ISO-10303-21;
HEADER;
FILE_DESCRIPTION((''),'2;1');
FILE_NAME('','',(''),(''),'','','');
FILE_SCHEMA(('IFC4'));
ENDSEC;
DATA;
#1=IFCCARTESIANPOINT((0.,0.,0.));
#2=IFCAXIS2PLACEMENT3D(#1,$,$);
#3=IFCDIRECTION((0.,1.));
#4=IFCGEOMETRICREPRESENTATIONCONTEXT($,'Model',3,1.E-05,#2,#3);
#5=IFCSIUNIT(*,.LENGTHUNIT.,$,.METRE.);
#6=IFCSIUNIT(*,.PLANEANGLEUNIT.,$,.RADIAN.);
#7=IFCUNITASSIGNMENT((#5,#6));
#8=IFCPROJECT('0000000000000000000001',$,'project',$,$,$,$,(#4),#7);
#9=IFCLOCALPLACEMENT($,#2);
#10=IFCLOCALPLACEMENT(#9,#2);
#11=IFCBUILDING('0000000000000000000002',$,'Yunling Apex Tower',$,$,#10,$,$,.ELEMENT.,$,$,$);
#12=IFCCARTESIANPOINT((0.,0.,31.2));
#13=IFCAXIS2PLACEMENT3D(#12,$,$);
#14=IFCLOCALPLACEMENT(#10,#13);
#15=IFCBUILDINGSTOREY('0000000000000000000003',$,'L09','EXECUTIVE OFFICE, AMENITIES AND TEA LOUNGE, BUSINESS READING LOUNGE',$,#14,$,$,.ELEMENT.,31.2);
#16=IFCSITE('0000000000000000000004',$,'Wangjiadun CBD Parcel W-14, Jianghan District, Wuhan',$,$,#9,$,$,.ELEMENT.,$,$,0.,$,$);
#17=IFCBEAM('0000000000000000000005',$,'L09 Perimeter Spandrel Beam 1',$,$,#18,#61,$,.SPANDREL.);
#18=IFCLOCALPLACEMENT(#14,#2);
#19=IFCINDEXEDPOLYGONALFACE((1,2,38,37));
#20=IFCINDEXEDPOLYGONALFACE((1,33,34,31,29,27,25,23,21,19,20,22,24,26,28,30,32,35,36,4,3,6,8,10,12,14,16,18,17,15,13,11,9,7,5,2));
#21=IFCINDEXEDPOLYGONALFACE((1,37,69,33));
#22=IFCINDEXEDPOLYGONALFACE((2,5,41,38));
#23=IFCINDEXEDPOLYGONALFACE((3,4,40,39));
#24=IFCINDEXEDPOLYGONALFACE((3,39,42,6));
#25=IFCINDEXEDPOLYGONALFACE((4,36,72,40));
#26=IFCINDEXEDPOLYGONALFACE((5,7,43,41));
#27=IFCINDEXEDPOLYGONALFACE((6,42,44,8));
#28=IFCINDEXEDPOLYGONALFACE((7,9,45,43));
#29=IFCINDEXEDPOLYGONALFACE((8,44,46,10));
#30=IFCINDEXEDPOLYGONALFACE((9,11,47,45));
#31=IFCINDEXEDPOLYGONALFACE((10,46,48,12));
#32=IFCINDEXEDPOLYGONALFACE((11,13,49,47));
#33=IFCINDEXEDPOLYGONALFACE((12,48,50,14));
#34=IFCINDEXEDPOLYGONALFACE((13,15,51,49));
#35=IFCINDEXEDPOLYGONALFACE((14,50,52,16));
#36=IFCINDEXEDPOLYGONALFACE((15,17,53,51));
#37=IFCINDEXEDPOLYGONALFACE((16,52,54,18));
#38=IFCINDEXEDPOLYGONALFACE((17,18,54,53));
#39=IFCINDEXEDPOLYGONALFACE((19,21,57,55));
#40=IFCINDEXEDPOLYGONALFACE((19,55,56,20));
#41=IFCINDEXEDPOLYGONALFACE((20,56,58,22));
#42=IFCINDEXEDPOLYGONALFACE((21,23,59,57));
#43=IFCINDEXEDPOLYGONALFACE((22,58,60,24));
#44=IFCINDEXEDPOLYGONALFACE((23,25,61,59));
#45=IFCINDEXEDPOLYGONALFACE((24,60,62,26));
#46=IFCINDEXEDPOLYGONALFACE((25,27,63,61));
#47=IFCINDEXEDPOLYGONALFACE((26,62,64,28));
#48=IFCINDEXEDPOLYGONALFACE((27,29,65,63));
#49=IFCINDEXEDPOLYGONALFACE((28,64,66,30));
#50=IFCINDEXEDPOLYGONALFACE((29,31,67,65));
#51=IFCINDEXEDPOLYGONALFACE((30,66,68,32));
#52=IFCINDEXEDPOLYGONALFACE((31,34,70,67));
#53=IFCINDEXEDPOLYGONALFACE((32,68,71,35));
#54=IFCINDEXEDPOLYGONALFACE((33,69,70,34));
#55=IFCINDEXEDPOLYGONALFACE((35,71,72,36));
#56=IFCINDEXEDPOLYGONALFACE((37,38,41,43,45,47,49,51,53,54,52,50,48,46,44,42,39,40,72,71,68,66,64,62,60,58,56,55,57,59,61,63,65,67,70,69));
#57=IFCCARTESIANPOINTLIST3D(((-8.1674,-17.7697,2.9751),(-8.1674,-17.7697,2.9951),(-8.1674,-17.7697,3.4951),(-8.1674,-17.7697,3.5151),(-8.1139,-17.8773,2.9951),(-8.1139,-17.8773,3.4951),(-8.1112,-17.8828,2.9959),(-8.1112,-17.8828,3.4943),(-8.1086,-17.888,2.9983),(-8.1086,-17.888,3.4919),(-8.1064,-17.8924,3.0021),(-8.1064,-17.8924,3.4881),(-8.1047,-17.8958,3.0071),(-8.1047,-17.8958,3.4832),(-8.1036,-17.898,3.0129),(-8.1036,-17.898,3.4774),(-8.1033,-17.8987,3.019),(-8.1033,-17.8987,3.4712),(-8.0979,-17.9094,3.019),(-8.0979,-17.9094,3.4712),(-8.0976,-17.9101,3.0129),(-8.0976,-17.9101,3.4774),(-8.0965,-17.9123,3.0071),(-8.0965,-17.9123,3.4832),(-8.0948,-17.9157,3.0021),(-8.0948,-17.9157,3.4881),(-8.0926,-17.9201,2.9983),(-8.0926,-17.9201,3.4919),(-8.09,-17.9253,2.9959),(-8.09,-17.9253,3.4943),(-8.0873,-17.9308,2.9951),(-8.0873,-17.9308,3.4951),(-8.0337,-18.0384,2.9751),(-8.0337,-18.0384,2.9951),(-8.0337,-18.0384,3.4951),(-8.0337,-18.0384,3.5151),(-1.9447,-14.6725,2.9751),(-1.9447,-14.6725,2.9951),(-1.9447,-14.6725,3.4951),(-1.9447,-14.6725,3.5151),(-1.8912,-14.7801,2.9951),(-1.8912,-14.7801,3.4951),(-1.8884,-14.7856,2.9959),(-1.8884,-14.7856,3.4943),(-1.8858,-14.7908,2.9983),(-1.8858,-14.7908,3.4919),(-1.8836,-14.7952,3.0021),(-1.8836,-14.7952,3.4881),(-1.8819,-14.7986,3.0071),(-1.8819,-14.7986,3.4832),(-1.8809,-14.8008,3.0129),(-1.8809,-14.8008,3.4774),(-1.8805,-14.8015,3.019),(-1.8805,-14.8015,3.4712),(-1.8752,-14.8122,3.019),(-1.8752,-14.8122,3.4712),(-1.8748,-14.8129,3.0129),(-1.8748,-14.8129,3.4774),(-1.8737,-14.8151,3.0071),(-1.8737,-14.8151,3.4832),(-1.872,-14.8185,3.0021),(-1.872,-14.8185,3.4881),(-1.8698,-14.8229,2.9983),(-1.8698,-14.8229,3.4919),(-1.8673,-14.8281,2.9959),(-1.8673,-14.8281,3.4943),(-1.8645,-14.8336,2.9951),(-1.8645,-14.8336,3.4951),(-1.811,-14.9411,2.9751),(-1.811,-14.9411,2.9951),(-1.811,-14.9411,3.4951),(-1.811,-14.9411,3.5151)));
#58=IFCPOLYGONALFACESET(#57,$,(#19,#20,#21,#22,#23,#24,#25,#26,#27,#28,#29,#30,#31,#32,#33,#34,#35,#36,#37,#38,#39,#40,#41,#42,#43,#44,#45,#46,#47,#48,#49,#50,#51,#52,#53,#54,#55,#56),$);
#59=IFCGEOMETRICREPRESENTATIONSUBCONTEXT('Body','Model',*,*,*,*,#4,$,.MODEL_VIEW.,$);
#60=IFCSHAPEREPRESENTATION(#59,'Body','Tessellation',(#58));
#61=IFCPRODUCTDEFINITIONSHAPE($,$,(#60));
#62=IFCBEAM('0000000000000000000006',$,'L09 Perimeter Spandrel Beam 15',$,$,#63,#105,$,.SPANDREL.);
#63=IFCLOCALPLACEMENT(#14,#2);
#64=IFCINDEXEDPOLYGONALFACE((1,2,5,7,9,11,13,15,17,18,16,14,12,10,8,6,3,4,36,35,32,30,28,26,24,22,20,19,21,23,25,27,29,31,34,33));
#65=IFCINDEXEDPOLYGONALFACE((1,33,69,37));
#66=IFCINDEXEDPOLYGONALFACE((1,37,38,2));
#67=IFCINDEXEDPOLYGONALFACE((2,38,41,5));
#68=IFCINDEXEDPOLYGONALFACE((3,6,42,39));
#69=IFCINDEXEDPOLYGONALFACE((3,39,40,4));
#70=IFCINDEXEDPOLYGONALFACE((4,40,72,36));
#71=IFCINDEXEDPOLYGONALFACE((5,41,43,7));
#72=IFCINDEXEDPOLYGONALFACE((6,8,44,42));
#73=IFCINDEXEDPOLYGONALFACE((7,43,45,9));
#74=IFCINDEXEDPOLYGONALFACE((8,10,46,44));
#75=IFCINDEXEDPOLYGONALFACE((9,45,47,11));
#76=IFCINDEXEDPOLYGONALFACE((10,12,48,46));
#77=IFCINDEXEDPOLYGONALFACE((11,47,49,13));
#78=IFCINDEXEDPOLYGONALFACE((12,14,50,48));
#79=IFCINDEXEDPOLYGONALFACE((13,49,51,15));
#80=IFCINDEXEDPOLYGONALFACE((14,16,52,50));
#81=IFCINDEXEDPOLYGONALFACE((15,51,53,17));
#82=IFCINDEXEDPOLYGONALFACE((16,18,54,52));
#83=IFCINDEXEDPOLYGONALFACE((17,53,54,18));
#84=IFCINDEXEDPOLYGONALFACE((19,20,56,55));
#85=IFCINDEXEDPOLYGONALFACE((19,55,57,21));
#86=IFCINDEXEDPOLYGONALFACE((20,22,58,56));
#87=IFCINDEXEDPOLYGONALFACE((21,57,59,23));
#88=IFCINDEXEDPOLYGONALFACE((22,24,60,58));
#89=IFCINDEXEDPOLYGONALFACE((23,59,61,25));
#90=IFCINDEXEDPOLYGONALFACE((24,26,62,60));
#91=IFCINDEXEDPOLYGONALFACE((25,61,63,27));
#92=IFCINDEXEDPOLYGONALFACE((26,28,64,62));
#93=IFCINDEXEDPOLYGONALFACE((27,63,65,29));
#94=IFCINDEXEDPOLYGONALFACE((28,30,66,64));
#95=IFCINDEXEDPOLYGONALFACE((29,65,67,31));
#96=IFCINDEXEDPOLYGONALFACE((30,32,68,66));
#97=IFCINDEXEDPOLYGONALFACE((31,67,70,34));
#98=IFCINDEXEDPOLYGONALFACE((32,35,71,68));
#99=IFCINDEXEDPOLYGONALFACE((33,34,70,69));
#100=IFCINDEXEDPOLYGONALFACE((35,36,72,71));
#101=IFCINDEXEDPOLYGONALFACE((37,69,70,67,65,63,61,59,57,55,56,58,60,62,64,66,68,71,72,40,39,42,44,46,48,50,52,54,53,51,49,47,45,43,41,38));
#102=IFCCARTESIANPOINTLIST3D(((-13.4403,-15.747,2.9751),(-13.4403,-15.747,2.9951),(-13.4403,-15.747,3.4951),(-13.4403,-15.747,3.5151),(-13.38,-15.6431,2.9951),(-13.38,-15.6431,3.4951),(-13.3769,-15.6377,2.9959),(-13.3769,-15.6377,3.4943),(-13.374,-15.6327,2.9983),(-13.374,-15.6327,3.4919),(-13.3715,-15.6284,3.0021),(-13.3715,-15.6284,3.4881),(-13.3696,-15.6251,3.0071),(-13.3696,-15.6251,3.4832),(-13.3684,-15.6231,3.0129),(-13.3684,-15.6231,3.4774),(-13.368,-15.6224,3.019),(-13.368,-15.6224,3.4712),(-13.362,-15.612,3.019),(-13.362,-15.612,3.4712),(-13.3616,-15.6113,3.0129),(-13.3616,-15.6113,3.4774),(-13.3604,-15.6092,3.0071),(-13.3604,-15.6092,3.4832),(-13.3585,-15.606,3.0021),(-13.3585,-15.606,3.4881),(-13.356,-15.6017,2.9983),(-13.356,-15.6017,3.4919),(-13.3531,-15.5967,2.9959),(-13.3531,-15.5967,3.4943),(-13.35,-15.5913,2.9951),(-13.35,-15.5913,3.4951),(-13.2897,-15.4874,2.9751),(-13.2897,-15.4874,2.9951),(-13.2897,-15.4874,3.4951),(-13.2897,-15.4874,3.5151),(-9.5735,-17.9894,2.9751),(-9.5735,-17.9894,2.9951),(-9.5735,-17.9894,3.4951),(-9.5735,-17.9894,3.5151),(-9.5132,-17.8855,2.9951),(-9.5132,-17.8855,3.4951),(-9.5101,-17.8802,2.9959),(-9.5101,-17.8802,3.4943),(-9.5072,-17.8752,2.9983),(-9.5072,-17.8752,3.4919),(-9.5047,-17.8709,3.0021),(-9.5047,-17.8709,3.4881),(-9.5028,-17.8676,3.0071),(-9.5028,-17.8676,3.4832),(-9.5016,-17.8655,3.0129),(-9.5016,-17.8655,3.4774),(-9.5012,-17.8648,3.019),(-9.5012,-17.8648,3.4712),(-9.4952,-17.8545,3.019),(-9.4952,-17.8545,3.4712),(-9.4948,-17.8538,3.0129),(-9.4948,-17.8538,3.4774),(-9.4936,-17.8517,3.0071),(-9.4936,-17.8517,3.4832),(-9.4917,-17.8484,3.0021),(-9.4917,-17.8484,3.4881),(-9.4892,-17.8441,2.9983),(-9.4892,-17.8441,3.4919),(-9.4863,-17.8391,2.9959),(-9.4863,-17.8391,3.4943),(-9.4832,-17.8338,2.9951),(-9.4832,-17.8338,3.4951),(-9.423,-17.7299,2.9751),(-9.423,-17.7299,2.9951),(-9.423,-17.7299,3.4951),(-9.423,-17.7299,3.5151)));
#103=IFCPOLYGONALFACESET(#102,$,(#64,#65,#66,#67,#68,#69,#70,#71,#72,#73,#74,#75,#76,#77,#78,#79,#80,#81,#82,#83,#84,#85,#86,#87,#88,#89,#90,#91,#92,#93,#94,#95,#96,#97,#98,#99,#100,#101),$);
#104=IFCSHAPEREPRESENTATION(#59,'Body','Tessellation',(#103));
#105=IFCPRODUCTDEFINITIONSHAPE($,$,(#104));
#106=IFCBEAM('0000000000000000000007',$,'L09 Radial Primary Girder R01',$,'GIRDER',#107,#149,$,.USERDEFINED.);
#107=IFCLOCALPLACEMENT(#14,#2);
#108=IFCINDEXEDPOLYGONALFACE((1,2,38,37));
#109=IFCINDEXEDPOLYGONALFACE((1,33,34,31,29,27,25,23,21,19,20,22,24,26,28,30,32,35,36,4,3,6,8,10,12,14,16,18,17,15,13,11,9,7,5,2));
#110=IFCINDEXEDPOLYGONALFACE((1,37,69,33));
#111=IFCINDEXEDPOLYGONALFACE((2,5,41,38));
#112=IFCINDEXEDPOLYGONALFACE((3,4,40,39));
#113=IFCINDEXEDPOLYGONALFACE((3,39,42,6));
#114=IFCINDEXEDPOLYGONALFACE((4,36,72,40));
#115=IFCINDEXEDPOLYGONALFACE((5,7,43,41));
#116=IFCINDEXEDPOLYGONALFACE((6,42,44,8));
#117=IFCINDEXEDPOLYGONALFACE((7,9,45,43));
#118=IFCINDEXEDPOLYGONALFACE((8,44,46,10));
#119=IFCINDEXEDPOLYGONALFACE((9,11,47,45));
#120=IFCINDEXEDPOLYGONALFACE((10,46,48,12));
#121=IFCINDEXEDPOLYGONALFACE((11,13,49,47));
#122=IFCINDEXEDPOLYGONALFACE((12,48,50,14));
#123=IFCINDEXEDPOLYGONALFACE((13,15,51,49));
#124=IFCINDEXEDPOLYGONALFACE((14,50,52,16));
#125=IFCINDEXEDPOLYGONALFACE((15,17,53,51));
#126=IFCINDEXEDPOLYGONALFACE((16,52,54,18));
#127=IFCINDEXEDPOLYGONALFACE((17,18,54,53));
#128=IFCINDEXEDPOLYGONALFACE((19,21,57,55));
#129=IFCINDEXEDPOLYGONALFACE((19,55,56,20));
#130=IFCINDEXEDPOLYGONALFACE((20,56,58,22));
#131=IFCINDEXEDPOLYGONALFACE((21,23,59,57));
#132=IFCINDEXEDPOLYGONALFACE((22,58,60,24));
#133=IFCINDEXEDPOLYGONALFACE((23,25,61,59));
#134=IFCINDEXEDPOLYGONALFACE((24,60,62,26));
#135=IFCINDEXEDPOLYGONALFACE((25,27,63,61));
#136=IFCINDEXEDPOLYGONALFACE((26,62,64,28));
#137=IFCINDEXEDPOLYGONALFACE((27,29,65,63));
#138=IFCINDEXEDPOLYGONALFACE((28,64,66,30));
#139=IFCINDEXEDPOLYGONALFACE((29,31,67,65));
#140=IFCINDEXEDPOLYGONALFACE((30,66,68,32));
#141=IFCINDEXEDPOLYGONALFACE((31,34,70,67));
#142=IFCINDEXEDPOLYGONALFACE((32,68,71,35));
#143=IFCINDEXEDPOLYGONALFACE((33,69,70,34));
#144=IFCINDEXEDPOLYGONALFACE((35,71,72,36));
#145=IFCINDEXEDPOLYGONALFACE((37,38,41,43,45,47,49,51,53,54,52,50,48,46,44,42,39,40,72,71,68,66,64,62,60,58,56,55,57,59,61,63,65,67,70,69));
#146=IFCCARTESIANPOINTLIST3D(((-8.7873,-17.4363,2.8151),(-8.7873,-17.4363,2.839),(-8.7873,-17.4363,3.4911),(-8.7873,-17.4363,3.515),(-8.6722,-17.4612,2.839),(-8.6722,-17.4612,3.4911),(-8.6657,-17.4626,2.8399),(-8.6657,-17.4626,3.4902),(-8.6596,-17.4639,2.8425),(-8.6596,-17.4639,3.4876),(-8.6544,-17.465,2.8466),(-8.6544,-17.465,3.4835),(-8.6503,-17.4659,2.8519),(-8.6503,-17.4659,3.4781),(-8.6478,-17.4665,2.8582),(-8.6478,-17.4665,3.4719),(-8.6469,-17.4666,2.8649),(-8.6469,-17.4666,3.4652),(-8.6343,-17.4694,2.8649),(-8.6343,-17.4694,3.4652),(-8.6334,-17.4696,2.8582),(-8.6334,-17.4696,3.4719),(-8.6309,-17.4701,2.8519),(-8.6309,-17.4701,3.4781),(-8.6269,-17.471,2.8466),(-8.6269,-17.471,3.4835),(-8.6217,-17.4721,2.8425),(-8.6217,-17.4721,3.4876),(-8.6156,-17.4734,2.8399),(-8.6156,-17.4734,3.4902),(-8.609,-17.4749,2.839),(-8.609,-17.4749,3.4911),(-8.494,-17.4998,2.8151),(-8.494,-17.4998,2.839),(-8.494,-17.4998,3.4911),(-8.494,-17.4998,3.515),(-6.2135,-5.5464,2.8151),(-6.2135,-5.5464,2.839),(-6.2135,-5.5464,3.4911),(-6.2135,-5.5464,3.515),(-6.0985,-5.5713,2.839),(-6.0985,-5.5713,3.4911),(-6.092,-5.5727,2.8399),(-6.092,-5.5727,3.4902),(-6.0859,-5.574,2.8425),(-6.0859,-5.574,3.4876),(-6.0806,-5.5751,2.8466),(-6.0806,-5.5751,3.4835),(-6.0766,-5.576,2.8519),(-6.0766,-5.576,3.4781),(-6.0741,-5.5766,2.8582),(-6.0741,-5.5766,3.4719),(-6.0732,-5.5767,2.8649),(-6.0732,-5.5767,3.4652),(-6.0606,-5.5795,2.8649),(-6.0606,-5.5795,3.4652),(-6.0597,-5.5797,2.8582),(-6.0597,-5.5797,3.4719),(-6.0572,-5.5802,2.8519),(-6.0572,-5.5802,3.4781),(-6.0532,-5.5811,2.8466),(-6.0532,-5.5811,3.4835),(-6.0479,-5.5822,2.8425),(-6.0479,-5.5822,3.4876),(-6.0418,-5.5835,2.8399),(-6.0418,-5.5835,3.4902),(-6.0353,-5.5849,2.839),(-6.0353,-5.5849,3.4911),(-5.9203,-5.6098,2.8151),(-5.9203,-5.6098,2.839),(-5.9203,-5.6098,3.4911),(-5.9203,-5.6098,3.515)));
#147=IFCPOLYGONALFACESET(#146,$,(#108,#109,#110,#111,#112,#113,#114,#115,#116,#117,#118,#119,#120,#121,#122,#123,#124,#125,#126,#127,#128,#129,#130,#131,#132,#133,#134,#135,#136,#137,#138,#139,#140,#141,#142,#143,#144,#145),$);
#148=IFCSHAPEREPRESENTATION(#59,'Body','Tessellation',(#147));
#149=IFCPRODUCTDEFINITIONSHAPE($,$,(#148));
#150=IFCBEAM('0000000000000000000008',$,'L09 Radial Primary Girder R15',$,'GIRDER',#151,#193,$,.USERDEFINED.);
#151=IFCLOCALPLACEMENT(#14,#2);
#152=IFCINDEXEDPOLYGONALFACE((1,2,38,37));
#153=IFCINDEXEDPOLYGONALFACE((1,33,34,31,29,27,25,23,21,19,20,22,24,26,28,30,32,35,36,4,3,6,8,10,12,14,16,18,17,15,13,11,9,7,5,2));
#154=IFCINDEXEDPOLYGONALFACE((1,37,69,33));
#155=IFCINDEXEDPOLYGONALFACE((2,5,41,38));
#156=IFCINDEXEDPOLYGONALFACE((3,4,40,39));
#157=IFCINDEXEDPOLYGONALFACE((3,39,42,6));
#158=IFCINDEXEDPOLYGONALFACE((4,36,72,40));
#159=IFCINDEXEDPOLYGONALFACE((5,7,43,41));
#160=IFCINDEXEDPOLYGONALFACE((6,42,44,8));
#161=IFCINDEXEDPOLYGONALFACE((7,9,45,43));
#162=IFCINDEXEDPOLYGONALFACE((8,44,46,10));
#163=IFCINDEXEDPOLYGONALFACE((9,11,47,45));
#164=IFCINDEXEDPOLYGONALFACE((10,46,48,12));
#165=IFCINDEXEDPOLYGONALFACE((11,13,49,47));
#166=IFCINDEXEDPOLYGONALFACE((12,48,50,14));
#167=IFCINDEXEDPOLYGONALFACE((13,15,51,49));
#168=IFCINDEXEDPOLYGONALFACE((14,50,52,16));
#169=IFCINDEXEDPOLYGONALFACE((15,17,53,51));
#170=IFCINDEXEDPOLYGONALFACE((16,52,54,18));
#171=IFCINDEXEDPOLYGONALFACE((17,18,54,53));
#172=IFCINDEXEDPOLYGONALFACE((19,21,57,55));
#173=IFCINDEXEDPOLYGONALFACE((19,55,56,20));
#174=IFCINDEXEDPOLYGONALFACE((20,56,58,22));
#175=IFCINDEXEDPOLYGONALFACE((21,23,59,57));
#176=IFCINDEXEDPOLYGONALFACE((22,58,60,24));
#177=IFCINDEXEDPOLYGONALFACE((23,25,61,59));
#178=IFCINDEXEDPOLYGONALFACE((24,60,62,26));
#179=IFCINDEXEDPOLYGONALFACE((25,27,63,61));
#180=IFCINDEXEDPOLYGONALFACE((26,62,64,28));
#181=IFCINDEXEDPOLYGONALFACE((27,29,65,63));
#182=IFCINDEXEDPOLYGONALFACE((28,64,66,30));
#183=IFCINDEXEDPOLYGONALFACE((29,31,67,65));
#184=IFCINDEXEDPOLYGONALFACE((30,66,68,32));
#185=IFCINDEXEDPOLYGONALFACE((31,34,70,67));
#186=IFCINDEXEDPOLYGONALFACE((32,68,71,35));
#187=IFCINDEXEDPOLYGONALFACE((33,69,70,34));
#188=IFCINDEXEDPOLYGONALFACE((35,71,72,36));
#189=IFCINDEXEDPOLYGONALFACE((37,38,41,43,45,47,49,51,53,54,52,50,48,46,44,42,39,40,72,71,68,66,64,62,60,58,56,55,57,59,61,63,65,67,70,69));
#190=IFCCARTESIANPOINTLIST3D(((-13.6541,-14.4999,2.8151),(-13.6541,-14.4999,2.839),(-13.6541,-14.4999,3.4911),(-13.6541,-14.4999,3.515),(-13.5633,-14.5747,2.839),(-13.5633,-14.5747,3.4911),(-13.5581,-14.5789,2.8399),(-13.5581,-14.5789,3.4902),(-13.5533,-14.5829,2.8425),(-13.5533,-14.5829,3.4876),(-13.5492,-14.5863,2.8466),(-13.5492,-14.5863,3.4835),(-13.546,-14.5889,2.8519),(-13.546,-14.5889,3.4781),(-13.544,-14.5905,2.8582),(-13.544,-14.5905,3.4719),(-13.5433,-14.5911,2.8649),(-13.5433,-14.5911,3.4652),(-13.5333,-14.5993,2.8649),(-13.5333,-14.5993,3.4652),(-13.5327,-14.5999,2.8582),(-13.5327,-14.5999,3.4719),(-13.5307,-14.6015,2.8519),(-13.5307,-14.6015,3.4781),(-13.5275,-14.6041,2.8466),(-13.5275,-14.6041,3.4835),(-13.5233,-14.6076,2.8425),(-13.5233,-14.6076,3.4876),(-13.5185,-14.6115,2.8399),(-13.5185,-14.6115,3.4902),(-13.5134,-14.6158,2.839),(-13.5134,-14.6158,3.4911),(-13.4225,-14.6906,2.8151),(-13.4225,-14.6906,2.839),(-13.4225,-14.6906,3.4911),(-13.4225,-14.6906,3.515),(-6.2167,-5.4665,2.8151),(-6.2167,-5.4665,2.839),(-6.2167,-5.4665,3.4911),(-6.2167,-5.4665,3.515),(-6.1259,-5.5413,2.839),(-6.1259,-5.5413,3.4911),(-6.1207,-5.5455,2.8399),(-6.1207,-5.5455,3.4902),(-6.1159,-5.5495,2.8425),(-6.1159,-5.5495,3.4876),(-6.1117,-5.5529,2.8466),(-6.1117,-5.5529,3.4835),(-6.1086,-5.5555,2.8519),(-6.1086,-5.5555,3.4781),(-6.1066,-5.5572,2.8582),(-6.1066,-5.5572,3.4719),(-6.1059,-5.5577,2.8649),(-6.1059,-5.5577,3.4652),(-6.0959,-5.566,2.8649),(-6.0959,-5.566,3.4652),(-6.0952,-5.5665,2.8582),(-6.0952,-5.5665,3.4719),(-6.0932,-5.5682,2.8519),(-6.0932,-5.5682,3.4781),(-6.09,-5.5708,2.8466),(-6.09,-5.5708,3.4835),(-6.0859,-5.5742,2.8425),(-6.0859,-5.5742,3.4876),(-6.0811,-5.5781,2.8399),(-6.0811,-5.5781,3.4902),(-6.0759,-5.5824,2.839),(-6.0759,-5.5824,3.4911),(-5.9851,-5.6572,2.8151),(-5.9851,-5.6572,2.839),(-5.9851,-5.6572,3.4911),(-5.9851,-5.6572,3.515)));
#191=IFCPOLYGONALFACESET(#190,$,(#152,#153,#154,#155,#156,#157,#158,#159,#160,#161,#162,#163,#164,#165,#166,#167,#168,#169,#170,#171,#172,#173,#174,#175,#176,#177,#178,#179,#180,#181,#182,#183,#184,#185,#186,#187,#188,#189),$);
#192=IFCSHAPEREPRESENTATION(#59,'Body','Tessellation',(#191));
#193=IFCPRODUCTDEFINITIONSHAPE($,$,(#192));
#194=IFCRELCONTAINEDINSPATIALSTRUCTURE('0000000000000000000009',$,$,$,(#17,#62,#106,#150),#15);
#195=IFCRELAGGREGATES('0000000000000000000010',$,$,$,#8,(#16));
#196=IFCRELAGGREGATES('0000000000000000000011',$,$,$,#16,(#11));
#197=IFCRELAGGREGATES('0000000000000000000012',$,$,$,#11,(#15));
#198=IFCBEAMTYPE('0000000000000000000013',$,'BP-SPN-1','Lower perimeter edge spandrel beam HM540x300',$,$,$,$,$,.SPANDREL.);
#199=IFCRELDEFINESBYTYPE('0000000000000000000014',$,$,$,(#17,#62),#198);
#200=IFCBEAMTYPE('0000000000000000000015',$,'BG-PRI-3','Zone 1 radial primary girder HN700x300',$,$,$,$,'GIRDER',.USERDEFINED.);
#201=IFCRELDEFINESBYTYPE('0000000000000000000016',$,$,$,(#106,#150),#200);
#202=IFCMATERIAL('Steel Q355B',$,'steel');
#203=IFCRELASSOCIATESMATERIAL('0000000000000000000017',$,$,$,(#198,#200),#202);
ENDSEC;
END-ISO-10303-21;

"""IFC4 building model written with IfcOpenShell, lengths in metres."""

from ifc_helpers import new_model, si_unit, direction, frame, origin, origin_2d, place, context, subcontext, project, spatial, i_section, extrude, source, transform, mapped, material, material_profile, profile_set, type_object, element, save


model = new_model("IFC4")

# Units and contexts
model_context = context("Model", 3, precision=1e-05, world=origin(), true_north=direction((0.0, 1.0)))
body_context = subcontext(model_context, "Body", "Model", "MODEL_VIEW")
ifc_project = project(units=[si_unit("LENGTHUNIT", "METRE"), si_unit("PLANEANGLEUNIT", "RADIAN")], contexts=[model_context])

# Site, building, storey
site_placement = place(None, origin())
site = spatial("IfcSite", under=ifc_project, at=site_placement, Name="Wangjiadun CBD Parcel W-14, Jianghan District, Wuhan", CompositionType="ELEMENT", RefElevation=0.0)
building_placement = place(site_placement, origin())
building = spatial("IfcBuilding", under=site, at=building_placement, Name="Yunling Apex Tower", CompositionType="ELEMENT")
storey_placement = place(building_placement, frame((0.0, 0.0, 31.2)))
storey = spatial("IfcBuildingStorey", under=building, at=storey_placement, Name="L09", Description="EXECUTIVE OFFICE, AMENITIES AND TEA LOUNGE, BUSINESS READING LOUNGE", CompositionType="ELEMENT", Elevation=31.2)

# Beams
ifc_material_1 = material(Name="Steel Q355B", Category="steel")
ifc_material_profile_1 = material_profile(ifc_material_1, i_section(OverallWidth=0.3, OverallDepth=0.54, WebThickness=0.012, FlangeThickness=0.02, FilletRadius=0.0239, at=origin_2d()))
ifc_profile_set_1 = profile_set([ifc_material_profile_1], Name="Steel Q355B")
beam_type_1 = type_object("IfcBeamType", Name="BP-SPN-1", Description="Lower perimeter edge spandrel beam HM540x300", PredefinedType="SPANDREL", material=ifc_profile_set_1)
shared_shape_1 = source(origin(), body_context, "Body", "SweptSolid", [
    extrude(i_section(OverallWidth=0.3, OverallDepth=0.54, WebThickness=0.012, FlangeThickness=0.02, FilletRadius=0.0239, at=origin_2d()), origin(), (0.0, 0.0, 1.0), 6.9509),
])
beam_1_placement = place(storey_placement, frame((-8.1006, -17.9041, 3.2451), z_axis=(0.895241, 0.445583, 0.0), x_axis=(-0.445583, 0.895241, 0.0)))
element("IfcBeam", 1, at=beam_1_placement, inside=storey, type_object=beam_type_1, Name="L09 Perimeter Spandrel Beam 1", PredefinedType="SPANDREL", context=body_context, shape_type="MappedRepresentation", body=[
    mapped(shared_shape_1, transform((0.0, 0.0, 0.0), scale=1.0)),
])
shared_shape_2 = source(origin(), body_context, "Body", "SweptSolid", [
    extrude(i_section(OverallWidth=0.3, OverallDepth=0.54, WebThickness=0.012, FlangeThickness=0.02, FilletRadius=0.0239, at=origin_2d()), origin(), (0.0, 0.0, 1.0), 4.47),
])
beam_2_placement = place(storey_placement, frame((-13.365, -15.6172, 3.2451), z_axis=(0.865056, -0.501676, 0.0), x_axis=(0.501676, 0.865056, 0.0)))
element("IfcBeam", 2, at=beam_2_placement, inside=storey, type_object=beam_type_1, Name="L09 Perimeter Spandrel Beam 15", PredefinedType="SPANDREL", context=body_context, shape_type="MappedRepresentation", body=[
    mapped(shared_shape_2, transform((0.0, 0.0, 0.0), scale=1.0)),
])
ifc_material_profile_2 = material_profile(ifc_material_1, i_section(OverallWidth=0.3, OverallDepth=0.7, WebThickness=0.0129, FlangeThickness=0.0239, FilletRadius=0.0259, at=origin_2d()))
ifc_profile_set_2 = profile_set([ifc_material_profile_2], Name="Steel Q355B")
beam_type_2 = type_object("IfcBeamType", Name="BG-PRI-3", Description="Zone 1 radial primary girder HN700x300", ElementType="GIRDER", PredefinedType="USERDEFINED", material=ifc_profile_set_2)
shared_shape_3 = source(origin(), body_context, "Body", "SweptSolid", [
    extrude(i_section(OverallWidth=0.3, OverallDepth=0.7, WebThickness=0.0129, FlangeThickness=0.0239, FilletRadius=0.0259, at=origin_2d()), origin(), (0.0, 0.0, 1.0), 12.1653),
])
beam_3_placement = place(storey_placement, frame((-8.6406, -17.468, 3.165), z_axis=(0.211564, 0.977364, 0.0), x_axis=(-0.977364, 0.211564, 0.0)))
element("IfcBeam", 3, at=beam_3_placement, inside=storey, type_object=beam_type_2, Name="L09 Radial Primary Girder R01", ObjectType="GIRDER", PredefinedType="USERDEFINED", context=body_context, shape_type="MappedRepresentation", body=[
    mapped(shared_shape_3, transform((0.0, 0.0, 0.0), scale=1.0)),
])
shared_shape_4 = source(origin(), body_context, "Body", "SweptSolid", [
    extrude(i_section(OverallWidth=0.3, OverallDepth=0.7, WebThickness=0.0129, FlangeThickness=0.0239, FilletRadius=0.0259, at=origin_2d()), origin(), (0.0, 0.0, 1.0), 11.7012),
])
beam_4_placement = place(storey_placement, frame((-13.5383, -14.5952, 3.165), z_axis=(0.635615, 0.772006, 0.0), x_axis=(-0.772006, 0.635615, 0.0)))
element("IfcBeam", 4, at=beam_4_placement, inside=storey, type_object=beam_type_2, Name="L09 Radial Primary Girder R15", ObjectType="GIRDER", PredefinedType="USERDEFINED", context=body_context, shape_type="MappedRepresentation", body=[
    mapped(shared_shape_4, transform((0.0, 0.0, 0.0), scale=1.0)),
])

save(model, "model.ifc")
